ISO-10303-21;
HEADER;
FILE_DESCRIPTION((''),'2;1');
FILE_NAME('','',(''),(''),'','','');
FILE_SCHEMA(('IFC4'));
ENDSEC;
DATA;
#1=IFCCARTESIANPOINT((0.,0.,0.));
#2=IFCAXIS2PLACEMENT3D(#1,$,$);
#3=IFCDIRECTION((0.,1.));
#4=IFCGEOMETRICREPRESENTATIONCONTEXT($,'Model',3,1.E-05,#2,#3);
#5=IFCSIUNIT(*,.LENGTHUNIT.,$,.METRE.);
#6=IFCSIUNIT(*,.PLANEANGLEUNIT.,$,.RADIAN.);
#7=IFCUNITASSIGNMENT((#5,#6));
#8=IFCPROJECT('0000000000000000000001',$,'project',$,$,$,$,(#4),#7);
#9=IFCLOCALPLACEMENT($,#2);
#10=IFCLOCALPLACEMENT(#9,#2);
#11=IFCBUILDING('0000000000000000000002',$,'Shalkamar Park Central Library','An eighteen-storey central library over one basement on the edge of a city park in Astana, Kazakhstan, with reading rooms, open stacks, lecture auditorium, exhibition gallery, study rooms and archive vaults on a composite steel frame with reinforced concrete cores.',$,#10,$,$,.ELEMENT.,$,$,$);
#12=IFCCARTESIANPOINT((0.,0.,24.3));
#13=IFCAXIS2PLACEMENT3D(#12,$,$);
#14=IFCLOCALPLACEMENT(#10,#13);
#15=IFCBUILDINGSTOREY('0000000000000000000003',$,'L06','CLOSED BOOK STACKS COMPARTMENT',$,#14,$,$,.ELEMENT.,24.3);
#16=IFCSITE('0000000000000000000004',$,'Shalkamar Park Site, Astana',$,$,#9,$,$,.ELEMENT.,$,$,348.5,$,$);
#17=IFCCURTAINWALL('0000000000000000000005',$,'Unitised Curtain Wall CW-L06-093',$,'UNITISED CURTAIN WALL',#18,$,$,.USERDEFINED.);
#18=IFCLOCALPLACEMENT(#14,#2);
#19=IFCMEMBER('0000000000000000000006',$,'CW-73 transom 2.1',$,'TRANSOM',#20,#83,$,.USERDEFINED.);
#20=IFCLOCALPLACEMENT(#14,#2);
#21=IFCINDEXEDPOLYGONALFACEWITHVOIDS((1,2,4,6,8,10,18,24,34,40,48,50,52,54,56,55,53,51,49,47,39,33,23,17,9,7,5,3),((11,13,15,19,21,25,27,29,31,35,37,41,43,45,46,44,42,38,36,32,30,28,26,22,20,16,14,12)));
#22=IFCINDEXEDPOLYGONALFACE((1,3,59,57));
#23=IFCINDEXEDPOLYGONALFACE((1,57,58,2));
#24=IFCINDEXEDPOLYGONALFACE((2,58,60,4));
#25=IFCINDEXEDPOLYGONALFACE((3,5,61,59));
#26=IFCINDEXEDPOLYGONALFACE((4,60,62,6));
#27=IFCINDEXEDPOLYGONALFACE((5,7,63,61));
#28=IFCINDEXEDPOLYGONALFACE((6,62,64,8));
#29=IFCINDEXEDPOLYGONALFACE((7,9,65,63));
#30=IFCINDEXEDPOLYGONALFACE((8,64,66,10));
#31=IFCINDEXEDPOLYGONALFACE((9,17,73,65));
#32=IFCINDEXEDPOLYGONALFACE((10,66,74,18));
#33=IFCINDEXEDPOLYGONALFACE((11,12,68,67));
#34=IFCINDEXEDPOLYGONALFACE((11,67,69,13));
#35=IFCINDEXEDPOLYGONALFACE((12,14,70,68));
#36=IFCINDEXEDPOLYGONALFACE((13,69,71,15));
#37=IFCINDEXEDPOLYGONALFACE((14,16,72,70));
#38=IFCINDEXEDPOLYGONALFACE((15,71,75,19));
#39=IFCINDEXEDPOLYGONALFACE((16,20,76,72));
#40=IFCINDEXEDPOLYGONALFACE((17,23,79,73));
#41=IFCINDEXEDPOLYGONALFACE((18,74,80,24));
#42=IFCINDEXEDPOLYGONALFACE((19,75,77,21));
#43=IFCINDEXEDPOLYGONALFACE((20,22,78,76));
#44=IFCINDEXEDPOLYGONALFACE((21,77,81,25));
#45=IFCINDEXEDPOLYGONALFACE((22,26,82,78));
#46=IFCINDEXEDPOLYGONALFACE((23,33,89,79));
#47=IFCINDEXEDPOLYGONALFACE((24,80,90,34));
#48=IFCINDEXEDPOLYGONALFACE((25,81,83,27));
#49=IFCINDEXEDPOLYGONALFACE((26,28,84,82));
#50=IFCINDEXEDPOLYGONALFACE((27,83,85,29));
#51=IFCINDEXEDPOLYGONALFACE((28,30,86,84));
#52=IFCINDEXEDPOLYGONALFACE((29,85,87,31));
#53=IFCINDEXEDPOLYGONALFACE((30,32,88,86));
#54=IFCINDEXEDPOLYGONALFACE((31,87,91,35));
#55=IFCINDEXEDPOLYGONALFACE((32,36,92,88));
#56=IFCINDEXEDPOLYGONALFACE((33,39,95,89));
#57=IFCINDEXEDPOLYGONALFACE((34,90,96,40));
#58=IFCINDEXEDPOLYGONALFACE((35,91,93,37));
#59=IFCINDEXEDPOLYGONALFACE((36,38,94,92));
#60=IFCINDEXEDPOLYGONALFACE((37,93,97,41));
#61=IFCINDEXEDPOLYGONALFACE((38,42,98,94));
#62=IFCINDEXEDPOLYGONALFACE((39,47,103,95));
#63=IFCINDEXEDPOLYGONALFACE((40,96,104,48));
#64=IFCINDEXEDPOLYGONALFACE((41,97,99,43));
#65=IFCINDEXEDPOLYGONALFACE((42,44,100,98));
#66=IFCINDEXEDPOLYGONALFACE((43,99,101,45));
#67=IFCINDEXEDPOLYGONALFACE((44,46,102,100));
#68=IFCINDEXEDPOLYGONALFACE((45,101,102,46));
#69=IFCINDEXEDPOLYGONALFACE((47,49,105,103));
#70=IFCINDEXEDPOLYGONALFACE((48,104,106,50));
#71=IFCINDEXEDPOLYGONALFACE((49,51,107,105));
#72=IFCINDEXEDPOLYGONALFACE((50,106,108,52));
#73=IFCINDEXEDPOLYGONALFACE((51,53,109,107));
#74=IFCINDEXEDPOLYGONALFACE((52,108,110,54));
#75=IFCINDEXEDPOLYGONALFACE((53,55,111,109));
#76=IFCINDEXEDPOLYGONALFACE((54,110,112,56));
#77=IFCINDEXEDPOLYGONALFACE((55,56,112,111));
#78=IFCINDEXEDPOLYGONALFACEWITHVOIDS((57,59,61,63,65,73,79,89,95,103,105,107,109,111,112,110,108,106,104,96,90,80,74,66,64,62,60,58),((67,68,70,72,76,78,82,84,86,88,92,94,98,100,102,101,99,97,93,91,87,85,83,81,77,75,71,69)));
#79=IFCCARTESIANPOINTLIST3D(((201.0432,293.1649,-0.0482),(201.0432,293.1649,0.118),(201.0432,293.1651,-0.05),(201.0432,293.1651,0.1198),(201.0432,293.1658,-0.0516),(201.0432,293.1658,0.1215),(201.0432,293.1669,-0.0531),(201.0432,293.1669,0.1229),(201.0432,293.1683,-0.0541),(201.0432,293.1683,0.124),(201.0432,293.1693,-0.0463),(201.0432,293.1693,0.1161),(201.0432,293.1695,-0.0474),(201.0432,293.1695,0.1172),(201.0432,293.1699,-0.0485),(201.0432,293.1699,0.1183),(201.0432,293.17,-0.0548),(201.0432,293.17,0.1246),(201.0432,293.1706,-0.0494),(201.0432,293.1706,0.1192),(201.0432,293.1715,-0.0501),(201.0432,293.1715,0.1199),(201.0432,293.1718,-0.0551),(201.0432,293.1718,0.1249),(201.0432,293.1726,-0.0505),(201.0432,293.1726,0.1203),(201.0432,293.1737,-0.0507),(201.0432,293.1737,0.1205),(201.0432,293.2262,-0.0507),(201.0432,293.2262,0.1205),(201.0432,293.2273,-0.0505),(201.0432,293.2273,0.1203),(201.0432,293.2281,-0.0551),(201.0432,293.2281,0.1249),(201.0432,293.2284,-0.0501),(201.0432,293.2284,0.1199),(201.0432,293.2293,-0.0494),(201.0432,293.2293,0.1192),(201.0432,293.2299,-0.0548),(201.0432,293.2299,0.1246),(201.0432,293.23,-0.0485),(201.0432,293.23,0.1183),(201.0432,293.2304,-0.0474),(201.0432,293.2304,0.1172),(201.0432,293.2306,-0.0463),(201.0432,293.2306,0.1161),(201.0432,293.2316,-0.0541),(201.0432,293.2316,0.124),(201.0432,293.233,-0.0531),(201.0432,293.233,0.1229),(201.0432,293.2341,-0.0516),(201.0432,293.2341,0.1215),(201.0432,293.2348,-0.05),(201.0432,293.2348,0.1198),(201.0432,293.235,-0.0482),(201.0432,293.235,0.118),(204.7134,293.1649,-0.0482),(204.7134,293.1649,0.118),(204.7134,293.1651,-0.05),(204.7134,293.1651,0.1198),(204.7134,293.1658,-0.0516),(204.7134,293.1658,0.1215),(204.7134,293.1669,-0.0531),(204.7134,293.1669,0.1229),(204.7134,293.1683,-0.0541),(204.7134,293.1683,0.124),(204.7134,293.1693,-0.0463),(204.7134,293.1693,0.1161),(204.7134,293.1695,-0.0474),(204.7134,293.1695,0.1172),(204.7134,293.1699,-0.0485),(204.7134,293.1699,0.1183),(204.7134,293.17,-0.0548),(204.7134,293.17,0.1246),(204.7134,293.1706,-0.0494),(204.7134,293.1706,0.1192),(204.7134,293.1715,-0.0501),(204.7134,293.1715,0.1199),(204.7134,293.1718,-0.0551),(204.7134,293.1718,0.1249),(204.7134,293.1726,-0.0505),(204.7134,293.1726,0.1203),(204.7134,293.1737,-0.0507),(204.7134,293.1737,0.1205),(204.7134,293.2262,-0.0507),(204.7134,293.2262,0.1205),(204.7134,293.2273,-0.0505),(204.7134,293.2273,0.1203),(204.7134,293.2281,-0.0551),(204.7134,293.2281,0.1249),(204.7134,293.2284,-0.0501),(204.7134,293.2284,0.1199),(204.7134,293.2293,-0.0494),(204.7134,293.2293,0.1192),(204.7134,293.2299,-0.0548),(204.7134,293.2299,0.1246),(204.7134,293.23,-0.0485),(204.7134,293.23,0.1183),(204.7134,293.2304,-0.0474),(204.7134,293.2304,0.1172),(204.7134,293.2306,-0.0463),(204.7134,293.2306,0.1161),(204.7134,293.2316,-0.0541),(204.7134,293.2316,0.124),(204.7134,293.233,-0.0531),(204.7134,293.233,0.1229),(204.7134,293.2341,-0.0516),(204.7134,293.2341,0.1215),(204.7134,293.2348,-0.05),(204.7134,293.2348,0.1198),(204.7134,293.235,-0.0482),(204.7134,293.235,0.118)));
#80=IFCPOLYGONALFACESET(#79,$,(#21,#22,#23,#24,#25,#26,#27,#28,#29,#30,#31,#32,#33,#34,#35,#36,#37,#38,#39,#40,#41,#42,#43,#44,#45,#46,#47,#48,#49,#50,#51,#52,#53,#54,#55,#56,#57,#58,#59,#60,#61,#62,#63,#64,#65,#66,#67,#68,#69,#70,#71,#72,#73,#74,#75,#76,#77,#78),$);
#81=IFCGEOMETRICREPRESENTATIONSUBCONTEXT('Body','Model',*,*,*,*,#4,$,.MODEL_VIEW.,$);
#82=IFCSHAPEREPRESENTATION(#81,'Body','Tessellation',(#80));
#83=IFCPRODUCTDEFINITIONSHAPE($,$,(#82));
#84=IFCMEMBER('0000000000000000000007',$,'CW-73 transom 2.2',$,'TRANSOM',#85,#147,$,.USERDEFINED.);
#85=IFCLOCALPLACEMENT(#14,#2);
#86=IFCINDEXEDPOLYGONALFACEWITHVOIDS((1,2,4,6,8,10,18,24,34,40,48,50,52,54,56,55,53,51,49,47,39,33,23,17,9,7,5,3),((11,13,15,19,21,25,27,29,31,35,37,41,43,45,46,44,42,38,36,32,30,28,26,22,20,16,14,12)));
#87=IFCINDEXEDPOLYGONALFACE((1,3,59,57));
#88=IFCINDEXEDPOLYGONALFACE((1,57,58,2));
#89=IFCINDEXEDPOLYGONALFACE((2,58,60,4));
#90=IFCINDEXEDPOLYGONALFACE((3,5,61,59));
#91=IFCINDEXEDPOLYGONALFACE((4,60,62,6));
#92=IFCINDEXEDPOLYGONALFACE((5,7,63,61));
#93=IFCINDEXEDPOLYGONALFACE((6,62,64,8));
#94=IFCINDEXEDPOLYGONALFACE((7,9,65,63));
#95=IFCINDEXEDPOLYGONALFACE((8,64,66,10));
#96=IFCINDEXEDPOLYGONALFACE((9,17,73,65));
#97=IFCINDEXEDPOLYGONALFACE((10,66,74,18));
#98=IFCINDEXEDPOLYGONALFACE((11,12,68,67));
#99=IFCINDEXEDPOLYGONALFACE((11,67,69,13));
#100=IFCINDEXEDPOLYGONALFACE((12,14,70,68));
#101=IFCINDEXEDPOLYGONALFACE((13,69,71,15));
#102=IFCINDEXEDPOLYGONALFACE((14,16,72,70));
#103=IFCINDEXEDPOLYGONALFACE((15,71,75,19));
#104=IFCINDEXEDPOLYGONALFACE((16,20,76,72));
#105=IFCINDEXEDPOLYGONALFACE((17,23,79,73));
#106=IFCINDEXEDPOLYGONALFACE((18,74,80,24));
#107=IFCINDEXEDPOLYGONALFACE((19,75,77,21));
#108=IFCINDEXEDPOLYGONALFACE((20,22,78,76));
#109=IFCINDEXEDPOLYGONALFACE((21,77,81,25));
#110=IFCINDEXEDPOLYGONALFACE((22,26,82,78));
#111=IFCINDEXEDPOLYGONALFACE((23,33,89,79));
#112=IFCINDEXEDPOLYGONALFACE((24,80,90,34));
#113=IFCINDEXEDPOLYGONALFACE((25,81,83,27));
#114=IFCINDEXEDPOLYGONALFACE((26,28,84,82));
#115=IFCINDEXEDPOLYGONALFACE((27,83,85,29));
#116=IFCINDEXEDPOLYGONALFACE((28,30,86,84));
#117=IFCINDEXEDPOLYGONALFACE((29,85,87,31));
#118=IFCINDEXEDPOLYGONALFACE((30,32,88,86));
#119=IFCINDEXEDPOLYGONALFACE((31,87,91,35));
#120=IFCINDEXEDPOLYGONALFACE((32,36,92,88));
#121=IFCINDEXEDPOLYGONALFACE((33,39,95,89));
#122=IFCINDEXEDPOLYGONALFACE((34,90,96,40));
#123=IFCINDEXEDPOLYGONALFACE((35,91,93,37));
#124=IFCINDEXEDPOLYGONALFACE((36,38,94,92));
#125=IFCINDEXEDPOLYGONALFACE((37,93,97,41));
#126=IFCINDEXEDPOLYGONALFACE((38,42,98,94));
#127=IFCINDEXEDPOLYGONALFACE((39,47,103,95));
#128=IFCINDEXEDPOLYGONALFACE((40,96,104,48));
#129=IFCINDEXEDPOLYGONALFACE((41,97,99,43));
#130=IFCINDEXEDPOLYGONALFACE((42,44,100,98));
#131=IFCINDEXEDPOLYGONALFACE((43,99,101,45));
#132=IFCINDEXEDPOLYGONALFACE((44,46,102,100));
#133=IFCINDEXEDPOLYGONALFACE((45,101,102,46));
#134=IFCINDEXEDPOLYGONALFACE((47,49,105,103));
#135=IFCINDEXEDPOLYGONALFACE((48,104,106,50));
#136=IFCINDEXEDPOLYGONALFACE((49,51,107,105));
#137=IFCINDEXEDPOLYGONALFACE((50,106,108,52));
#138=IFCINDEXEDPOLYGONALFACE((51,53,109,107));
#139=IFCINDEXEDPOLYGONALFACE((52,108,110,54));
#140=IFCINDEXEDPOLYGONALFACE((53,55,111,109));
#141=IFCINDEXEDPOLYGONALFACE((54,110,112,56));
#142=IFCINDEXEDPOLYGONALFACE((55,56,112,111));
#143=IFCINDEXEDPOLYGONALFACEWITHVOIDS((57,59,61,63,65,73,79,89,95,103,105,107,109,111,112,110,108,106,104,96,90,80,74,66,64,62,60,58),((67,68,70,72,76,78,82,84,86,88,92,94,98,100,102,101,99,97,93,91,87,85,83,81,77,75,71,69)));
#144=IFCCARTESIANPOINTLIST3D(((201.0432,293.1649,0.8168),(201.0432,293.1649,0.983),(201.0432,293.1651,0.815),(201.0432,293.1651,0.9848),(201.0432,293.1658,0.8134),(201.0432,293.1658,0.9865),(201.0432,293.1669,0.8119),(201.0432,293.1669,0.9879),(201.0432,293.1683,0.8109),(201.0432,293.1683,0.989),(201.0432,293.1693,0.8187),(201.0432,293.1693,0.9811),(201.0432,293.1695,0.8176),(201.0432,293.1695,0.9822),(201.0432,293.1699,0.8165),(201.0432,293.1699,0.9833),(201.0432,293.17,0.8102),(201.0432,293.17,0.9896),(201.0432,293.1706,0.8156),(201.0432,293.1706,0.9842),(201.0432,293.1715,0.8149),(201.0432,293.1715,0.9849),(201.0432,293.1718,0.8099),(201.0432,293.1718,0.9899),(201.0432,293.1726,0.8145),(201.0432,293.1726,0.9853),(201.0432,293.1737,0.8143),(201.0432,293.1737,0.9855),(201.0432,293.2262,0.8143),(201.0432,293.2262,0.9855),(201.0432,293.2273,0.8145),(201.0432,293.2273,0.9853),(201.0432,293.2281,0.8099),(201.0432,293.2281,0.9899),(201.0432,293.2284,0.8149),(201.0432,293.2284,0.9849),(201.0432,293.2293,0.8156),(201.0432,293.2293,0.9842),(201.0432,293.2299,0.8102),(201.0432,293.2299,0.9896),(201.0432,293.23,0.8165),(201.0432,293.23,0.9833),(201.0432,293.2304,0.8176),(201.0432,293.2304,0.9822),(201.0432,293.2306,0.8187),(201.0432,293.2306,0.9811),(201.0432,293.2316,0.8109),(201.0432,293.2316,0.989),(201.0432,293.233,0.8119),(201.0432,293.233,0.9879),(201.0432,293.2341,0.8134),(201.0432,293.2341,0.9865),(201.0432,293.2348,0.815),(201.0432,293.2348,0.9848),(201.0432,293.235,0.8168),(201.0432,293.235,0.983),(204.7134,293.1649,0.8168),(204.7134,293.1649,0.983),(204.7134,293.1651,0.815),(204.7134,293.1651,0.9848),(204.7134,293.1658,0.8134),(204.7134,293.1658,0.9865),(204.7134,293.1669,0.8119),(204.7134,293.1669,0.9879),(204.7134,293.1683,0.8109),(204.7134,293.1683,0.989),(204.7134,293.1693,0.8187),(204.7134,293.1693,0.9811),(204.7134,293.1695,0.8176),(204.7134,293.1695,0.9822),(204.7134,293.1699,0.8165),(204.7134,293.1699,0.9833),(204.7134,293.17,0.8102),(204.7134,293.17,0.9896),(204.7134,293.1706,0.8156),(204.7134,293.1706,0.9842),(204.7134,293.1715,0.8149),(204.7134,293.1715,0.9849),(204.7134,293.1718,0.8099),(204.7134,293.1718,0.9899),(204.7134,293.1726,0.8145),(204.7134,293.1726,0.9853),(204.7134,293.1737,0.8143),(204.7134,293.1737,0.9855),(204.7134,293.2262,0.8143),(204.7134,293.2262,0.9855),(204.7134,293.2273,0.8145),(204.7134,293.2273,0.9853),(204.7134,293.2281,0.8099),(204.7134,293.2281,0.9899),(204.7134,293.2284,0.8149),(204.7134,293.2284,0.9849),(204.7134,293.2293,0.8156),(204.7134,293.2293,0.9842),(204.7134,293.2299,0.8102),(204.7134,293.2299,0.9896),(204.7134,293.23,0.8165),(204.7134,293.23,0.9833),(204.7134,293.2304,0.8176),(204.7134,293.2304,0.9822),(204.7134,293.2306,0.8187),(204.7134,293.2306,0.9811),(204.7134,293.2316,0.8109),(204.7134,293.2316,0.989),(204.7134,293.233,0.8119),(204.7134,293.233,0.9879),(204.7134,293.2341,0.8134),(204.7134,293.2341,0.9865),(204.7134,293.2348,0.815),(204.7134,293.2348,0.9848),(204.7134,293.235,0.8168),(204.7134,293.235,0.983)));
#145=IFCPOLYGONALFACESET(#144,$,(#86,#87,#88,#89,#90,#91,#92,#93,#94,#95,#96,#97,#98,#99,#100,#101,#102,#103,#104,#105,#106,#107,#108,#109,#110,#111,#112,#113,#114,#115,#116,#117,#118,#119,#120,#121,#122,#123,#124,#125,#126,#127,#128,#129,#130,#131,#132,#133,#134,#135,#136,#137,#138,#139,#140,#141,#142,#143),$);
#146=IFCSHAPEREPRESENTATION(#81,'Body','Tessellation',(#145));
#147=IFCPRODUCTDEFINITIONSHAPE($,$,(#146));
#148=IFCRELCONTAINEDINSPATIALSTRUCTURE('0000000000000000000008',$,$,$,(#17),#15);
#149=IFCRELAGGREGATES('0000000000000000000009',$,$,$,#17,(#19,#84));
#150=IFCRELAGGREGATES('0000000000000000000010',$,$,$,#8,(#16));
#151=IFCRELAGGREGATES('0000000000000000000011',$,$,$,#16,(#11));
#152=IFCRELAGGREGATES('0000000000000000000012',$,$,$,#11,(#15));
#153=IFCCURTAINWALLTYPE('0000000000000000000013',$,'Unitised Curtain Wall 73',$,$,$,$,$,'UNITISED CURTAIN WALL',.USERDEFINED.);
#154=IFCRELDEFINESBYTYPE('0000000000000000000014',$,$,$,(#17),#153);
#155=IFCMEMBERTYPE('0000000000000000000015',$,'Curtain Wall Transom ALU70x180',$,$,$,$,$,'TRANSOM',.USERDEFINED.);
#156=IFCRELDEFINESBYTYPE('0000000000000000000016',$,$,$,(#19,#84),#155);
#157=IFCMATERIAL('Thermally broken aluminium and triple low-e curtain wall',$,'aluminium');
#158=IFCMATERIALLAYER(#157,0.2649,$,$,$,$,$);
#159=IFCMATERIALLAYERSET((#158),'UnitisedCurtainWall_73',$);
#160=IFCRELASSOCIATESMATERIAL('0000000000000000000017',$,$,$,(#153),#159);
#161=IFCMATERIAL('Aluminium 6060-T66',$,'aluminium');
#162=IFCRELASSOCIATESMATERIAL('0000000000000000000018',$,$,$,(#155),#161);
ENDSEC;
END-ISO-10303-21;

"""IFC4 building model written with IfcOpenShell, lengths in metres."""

from ifc_helpers import new_model, si_unit, direction, frame, origin, origin_2d, place, context, subcontext, project, spatial, hollow_rectangle, extrude, material, layer, layer_set, material_profile, profile_set, type_object, element, aggregate, save


model = new_model("IFC4")

# Units and contexts
model_context = context("Model", 3, precision=1e-05, world=origin(), true_north=direction((0.0, 1.0)))
body_context = subcontext(model_context, "Body", "Model", "MODEL_VIEW")
ifc_project = project(units=[si_unit("LENGTHUNIT", "METRE"), si_unit("PLANEANGLEUNIT", "RADIAN")], contexts=[model_context])

# Site, building, storey
site_placement = place(None, origin())
site = spatial("IfcSite", under=ifc_project, at=site_placement, Name="Shalkamar Park Site, Astana", CompositionType="ELEMENT", RefElevation=348.5)
building_placement = place(site_placement, origin())
building = spatial("IfcBuilding", under=site, at=building_placement, Name="Shalkamar Park Central Library", Description="An eighteen-storey central library over one basement on the edge of a city park in Astana, Kazakhstan, with reading rooms, open stacks, lecture auditorium, exhibition gallery, study rooms and archive vaults on a composite steel frame with reinforced concrete cores.", CompositionType="ELEMENT")
storey_placement = place(building_placement, frame((0.0, 0.0, 24.3)))
storey = spatial("IfcBuildingStorey", under=building, at=storey_placement, Name="L06", Description="CLOSED BOOK STACKS COMPARTMENT", CompositionType="ELEMENT", Elevation=24.3)

# Shared definitions
ifc_material_1 = material(Name="Thermally broken aluminium and triple low-e curtain wall", Category="aluminium")
ifc_material_2 = material(Name="Aluminium 6060-T66", Category="aluminium")

# Curtain wall
ifc_layer_1 = layer(ifc_material_1, 0.2649)
ifc_layer_set_1 = layer_set([ifc_layer_1], Name="UnitisedCurtainWall_73")
curtain_wall_type_1 = type_object("IfcCurtainWallType", Name="Unitised Curtain Wall 73", ElementType="UNITISED CURTAIN WALL", PredefinedType="USERDEFINED", material=ifc_layer_set_1)
curtain_wall_1_placement = place(storey_placement, origin())
curtain_wall_1 = element("IfcCurtainWall", 1, at=curtain_wall_1_placement, inside=storey, type_object=curtain_wall_type_1, Name="Unitised Curtain Wall CW-L06-093", ObjectType="UNITISED CURTAIN WALL", PredefinedType="USERDEFINED")

# Members
ifc_material_profile_1 = material_profile(ifc_material_2, hollow_rectangle(XDim=0.0701, YDim=0.1799, WallThickness=0.0044, InnerFilletRadius=0.0044, OuterFilletRadius=0.0068, at=origin_2d()), Name="ALU 70x180x4.5")
ifc_profile_set_1 = profile_set([ifc_material_profile_1], Name="Aluminium 6060-T66")
member_type_1 = type_object("IfcMemberType", Name="Curtain Wall Transom ALU70x180", ElementType="TRANSOM", PredefinedType="USERDEFINED", material=ifc_profile_set_1)
member_1_placement = place(storey_placement, frame((201.0432, 293.2, 0.0349), z_axis=(1.0, 0.0, 0.0), x_axis=(0.0, 1.0, 0.0)))
member_1 = element("IfcMember", 2, at=member_1_placement, type_object=member_type_1, Name="CW-73 transom 2.1", ObjectType="TRANSOM", PredefinedType="USERDEFINED", context=body_context, shape_type="SweptSolid", body=[
    extrude(hollow_rectangle(XDim=0.0701, YDim=0.1799, WallThickness=0.0044, InnerFilletRadius=0.0044, OuterFilletRadius=0.0068, at=origin_2d()), origin(), (0.0, 0.0, 1.0), 3.6702),
])
member_2_placement = place(storey_placement, frame((201.0432, 293.2, 0.8999), z_axis=(1.0, 0.0, 0.0), x_axis=(0.0, 1.0, 0.0)))
member_2 = element("IfcMember", 3, at=member_2_placement, type_object=member_type_1, Name="CW-73 transom 2.2", ObjectType="TRANSOM", PredefinedType="USERDEFINED", context=body_context, shape_type="SweptSolid", body=[
    extrude(hollow_rectangle(XDim=0.0701, YDim=0.1799, WallThickness=0.0044, InnerFilletRadius=0.0044, OuterFilletRadius=0.0068, at=origin_2d()), origin(), (0.0, 0.0, 1.0), 3.6702),
])

aggregate(curtain_wall_1, [member_1, member_2])

save(model, "model.ifc")
